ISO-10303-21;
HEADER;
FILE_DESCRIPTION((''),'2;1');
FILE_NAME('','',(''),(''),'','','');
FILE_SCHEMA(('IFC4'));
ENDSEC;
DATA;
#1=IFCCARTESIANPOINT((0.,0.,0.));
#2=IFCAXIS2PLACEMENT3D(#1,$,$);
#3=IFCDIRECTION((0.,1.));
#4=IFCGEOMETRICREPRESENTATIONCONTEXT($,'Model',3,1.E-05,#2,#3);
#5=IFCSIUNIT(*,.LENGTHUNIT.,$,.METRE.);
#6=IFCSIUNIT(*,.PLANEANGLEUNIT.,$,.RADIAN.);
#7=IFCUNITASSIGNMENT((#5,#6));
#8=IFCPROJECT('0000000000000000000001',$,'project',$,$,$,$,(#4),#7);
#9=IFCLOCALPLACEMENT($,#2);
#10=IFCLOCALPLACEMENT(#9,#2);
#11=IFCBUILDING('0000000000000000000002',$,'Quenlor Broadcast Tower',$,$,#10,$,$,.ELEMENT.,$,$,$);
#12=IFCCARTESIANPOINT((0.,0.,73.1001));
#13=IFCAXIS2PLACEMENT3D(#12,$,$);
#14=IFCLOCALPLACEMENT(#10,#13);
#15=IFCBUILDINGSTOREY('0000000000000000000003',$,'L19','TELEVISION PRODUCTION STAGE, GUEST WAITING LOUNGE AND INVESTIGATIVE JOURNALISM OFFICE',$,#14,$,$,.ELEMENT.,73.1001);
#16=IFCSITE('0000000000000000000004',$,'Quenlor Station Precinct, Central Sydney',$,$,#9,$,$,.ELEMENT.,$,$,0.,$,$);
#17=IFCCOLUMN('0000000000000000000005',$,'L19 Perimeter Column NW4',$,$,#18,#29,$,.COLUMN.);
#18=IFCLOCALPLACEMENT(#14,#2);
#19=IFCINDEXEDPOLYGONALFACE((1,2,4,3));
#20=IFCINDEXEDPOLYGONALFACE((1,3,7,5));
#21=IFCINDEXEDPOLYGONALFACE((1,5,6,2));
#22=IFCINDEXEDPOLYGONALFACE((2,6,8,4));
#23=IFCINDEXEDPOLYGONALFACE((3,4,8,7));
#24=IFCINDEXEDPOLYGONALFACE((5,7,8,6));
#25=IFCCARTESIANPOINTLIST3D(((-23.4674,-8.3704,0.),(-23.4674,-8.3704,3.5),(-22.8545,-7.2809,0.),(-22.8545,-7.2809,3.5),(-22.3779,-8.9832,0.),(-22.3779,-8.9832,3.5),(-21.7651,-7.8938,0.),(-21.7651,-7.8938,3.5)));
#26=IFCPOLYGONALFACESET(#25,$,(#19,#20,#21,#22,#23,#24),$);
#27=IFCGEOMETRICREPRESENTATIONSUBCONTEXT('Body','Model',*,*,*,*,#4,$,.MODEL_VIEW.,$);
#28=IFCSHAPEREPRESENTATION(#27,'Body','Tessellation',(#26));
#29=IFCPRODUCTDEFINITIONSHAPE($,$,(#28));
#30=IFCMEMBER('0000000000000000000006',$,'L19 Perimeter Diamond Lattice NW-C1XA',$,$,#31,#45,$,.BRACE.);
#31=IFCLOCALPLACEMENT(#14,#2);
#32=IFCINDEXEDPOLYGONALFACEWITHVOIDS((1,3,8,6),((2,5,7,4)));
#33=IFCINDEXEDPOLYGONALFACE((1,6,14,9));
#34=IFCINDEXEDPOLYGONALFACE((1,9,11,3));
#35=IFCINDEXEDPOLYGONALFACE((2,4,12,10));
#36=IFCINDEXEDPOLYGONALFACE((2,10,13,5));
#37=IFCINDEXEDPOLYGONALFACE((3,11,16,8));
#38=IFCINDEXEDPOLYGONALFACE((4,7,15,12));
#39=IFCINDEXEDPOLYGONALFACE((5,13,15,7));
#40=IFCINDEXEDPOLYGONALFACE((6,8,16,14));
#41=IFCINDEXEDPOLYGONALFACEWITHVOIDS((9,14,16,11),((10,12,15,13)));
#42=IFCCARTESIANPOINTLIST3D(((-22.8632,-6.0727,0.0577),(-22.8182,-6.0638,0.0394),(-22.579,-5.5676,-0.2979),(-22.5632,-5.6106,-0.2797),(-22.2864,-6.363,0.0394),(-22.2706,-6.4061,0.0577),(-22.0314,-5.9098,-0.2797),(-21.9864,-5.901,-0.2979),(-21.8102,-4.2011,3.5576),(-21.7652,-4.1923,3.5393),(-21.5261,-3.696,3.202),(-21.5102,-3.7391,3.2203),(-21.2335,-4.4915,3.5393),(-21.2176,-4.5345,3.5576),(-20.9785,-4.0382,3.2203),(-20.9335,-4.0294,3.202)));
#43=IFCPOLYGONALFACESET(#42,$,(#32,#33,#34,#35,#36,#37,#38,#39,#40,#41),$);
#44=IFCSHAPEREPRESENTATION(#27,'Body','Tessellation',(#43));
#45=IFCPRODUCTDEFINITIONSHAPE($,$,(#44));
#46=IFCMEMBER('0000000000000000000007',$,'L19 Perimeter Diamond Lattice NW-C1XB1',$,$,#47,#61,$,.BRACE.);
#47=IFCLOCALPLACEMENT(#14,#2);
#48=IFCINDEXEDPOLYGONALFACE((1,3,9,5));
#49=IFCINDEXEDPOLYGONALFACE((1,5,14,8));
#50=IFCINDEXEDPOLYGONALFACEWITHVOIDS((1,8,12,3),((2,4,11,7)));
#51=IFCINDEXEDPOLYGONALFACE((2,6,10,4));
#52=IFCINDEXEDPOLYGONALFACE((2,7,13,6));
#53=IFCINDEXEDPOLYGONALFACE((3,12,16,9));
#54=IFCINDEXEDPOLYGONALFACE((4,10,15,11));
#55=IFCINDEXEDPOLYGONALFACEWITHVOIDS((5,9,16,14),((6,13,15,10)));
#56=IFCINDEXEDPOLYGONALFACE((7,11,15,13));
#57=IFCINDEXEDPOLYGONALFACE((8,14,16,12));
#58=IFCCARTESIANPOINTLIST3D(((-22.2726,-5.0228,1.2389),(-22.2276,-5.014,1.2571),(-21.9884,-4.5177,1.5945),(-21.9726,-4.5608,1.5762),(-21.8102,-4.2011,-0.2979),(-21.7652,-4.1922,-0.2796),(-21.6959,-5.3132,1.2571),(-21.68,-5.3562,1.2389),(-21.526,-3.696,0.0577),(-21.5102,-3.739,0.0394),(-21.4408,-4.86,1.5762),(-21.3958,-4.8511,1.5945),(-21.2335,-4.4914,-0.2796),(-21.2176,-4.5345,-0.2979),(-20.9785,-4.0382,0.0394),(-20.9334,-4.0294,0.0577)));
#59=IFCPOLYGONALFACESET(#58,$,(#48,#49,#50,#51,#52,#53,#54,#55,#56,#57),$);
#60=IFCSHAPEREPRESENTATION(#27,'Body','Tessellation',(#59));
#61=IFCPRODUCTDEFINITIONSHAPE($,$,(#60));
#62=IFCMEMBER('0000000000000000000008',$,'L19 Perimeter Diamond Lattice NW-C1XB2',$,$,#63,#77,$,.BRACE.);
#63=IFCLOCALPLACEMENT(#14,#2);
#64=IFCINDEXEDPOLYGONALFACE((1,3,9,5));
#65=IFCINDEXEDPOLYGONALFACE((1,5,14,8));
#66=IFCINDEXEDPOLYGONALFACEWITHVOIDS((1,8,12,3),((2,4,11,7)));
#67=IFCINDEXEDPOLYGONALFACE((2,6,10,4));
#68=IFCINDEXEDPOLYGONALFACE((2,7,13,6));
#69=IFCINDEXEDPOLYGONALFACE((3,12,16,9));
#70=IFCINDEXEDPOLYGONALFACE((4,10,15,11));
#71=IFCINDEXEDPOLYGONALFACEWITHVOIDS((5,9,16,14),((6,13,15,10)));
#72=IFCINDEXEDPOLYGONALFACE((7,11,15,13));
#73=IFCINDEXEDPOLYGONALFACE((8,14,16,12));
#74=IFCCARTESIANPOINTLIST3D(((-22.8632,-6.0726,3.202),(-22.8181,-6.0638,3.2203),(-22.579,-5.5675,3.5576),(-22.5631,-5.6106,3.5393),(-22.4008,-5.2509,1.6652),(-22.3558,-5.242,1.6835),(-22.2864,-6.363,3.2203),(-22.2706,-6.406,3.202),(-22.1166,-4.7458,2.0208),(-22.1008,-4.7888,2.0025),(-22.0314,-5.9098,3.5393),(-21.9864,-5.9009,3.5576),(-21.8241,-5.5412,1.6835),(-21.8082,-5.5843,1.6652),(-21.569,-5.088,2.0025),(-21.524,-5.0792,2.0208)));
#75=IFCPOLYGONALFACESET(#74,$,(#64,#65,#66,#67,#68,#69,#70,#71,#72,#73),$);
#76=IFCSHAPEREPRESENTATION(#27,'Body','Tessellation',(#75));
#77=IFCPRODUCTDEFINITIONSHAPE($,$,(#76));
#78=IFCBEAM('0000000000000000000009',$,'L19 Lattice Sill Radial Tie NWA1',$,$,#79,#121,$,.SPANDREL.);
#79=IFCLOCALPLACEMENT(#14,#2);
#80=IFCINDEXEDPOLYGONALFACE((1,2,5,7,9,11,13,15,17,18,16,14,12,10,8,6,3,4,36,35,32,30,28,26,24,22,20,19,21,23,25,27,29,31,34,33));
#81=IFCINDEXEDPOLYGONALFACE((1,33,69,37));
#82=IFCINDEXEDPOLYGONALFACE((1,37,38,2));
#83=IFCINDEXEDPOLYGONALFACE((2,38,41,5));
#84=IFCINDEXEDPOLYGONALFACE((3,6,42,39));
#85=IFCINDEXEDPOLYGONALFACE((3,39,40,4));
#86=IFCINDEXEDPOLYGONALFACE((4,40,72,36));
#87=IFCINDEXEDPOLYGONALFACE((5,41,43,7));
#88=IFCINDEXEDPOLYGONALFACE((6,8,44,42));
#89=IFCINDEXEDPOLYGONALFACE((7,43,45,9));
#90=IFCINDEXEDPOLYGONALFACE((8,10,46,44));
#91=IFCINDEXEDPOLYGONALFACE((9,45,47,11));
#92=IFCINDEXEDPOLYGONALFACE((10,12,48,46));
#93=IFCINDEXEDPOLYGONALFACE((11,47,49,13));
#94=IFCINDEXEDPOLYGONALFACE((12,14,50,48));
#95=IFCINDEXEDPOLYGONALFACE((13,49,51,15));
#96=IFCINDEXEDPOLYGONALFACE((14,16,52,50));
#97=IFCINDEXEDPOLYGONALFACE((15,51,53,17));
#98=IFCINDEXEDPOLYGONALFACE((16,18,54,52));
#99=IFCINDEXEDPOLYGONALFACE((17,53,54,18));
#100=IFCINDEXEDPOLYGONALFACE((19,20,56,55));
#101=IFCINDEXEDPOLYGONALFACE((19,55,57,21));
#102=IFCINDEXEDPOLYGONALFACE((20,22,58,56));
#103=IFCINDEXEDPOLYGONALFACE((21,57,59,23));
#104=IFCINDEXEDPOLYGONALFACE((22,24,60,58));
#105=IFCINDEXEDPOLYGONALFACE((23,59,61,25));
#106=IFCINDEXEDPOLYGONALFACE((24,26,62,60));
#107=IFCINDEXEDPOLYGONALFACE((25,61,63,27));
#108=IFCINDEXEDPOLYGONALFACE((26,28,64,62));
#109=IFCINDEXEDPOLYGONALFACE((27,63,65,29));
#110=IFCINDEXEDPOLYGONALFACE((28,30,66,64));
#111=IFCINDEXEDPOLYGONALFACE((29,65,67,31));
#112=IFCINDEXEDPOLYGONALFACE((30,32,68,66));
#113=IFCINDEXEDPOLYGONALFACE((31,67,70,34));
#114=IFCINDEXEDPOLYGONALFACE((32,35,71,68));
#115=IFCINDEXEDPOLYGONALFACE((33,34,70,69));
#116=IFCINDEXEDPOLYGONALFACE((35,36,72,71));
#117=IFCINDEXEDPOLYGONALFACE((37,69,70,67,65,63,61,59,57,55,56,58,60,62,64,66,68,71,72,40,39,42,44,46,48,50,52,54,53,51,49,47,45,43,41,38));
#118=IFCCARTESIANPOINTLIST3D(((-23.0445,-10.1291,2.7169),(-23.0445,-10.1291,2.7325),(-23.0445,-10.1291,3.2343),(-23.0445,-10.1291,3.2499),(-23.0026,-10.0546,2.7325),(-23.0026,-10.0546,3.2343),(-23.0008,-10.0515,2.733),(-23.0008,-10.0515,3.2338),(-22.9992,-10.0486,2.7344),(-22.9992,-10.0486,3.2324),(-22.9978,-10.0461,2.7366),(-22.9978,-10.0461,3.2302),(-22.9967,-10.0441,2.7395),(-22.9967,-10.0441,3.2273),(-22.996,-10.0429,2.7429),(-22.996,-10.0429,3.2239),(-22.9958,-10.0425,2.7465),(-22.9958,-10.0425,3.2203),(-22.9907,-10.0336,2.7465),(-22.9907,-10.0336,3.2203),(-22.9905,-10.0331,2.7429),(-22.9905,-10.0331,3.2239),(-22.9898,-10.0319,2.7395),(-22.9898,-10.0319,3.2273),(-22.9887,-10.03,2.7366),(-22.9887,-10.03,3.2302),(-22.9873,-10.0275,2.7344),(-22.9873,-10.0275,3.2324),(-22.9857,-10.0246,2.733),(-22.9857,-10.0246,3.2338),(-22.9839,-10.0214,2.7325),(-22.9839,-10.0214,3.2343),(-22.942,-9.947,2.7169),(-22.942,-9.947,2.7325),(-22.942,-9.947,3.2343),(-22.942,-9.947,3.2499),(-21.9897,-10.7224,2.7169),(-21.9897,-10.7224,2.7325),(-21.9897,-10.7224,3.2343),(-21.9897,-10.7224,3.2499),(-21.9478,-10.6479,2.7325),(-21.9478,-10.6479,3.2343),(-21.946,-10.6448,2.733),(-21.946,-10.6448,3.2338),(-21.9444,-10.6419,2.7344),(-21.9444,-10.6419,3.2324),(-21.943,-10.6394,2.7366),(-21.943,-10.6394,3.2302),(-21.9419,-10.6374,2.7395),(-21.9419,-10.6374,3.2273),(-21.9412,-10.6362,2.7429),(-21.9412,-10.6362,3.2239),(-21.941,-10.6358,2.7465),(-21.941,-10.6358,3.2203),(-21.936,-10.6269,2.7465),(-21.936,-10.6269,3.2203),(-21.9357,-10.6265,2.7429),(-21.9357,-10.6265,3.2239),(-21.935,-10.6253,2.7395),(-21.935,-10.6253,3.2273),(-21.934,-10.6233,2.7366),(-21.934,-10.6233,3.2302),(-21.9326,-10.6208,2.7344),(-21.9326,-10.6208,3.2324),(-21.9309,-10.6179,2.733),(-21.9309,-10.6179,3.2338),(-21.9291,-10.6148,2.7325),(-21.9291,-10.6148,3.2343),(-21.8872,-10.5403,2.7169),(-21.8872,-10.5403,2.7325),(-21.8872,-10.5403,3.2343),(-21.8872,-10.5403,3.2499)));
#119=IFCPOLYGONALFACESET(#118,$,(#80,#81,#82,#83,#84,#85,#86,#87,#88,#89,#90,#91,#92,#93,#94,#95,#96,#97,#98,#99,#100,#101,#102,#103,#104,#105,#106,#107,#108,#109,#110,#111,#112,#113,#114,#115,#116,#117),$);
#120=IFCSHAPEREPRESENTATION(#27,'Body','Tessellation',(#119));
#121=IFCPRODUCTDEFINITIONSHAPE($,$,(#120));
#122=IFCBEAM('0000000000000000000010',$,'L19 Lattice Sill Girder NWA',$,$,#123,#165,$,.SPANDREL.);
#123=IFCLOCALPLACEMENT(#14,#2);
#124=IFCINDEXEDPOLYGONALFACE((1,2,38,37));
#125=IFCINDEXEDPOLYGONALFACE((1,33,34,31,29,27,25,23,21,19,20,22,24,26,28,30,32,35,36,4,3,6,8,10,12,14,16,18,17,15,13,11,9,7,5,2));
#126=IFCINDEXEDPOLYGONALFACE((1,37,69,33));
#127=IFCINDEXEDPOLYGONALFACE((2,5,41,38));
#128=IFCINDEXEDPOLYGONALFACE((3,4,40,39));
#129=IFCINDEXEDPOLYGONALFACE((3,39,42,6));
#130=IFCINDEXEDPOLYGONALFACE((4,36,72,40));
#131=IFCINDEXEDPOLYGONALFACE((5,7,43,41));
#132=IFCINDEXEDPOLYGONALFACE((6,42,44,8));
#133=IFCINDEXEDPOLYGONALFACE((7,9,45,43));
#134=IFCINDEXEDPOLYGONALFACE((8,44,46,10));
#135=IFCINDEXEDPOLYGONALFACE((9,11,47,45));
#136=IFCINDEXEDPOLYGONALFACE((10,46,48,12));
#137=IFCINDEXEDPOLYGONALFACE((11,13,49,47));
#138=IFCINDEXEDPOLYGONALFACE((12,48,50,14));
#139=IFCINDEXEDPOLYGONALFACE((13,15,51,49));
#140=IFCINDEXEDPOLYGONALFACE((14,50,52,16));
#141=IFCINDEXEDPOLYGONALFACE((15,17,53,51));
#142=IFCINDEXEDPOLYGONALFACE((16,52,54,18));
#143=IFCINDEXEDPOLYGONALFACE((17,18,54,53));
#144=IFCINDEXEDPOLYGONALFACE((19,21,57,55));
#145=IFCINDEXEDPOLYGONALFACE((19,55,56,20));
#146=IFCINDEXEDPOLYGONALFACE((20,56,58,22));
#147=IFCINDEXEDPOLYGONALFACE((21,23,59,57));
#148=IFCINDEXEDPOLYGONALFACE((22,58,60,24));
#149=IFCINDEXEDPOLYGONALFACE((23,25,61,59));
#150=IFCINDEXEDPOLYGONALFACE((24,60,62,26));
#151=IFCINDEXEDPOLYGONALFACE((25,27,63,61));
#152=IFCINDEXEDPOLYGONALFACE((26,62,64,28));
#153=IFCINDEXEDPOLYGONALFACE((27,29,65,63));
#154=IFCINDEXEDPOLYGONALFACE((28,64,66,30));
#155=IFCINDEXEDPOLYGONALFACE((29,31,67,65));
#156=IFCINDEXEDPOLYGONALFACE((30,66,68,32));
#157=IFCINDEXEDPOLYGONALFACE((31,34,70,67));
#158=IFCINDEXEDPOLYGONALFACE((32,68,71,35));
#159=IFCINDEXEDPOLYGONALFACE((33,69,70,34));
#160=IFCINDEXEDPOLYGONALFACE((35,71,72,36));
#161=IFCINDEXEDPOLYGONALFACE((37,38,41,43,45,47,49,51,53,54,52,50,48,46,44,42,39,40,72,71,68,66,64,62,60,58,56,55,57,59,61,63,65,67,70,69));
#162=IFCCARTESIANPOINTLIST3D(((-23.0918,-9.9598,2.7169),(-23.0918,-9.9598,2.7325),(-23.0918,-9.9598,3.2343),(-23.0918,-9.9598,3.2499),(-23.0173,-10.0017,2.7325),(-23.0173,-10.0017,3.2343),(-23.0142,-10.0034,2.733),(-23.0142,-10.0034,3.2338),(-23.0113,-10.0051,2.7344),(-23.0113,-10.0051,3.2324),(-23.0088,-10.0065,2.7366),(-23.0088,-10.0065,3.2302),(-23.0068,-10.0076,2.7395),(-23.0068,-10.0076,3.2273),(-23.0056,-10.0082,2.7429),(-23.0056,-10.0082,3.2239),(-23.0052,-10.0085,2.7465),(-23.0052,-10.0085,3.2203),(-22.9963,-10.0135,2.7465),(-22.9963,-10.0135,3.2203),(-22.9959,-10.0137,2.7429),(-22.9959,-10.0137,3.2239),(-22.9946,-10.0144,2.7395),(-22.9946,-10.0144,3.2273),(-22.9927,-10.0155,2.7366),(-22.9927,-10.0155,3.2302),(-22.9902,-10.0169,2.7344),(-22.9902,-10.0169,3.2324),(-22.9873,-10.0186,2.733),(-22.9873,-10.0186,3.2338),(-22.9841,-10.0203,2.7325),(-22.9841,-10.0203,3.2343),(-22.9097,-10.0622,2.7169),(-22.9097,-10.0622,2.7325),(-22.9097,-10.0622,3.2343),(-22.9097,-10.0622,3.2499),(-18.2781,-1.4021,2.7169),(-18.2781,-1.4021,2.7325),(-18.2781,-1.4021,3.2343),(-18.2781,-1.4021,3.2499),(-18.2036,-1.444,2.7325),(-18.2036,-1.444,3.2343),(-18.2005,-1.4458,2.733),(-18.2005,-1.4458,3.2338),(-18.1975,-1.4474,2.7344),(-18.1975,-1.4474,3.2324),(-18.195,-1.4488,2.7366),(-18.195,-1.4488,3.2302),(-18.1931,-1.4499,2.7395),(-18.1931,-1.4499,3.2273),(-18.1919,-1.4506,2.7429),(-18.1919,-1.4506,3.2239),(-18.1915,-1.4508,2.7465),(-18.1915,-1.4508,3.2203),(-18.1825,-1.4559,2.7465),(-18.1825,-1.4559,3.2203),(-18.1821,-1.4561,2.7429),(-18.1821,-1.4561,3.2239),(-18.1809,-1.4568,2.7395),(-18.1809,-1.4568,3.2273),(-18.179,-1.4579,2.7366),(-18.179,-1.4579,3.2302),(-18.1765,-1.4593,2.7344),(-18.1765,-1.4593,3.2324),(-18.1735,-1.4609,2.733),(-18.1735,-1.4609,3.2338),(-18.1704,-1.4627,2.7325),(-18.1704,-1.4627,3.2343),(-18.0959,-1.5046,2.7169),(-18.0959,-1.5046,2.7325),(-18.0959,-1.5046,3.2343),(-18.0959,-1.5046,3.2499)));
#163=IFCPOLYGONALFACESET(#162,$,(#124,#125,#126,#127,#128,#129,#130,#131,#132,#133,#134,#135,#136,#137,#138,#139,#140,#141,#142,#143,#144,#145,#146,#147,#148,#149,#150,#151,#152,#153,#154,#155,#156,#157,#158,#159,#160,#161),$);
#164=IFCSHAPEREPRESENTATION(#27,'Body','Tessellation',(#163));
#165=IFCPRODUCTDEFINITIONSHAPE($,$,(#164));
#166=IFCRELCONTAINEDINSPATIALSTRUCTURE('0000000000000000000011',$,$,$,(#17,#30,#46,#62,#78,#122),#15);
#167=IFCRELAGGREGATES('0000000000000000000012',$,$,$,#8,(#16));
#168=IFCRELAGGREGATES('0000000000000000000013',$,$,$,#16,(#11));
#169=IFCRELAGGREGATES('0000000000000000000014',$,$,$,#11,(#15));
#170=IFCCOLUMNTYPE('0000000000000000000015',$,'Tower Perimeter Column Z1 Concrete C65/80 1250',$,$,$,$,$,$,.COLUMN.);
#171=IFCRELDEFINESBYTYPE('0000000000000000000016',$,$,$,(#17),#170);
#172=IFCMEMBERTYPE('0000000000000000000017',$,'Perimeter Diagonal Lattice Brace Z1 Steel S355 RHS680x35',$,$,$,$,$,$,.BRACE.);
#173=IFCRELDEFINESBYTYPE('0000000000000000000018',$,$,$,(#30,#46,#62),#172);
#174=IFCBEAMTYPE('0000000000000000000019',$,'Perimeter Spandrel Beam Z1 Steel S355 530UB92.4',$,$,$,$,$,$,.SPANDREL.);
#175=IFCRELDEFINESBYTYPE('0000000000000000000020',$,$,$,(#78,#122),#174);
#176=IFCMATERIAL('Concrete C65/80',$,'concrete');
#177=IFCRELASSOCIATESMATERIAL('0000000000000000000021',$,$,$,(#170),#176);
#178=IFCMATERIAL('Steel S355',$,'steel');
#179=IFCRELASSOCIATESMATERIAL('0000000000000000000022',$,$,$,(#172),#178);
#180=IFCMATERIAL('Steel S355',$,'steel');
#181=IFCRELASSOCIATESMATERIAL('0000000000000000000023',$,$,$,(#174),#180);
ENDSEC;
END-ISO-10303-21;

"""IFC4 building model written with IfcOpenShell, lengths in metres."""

from ifc_helpers import new_model, si_unit, direction, frame, origin, origin_2d, place, context, subcontext, project, spatial, rectangle, hollow_rectangle, i_section, extrude, material, material_profile, profile_set, type_object, element, save


model = new_model("IFC4")

# Units and contexts
model_context = context("Model", 3, precision=1e-05, world=origin(), true_north=direction((0.0, 1.0)))
body_context = subcontext(model_context, "Body", "Model", "MODEL_VIEW")
ifc_project = project(units=[si_unit("LENGTHUNIT", "METRE"), si_unit("PLANEANGLEUNIT", "RADIAN")], contexts=[model_context])

# Site, building, storey
site_placement = place(None, origin())
site = spatial("IfcSite", under=ifc_project, at=site_placement, Name="Quenlor Station Precinct, Central Sydney", CompositionType="ELEMENT", RefElevation=0.0)
building_placement = place(site_placement, origin())
building = spatial("IfcBuilding", under=site, at=building_placement, Name="Quenlor Broadcast Tower", CompositionType="ELEMENT")
storey_placement = place(building_placement, frame((0.0, 0.0, 73.1001)))
storey = spatial("IfcBuildingStorey", under=building, at=storey_placement, Name="L19", Description="TELEVISION PRODUCTION STAGE, GUEST WAITING LOUNGE AND INVESTIGATIVE JOURNALISM OFFICE", CompositionType="ELEMENT", Elevation=73.1001)

# Column
ifc_material_1 = material(Name="Concrete C65/80", Category="concrete")
ifc_material_profile_1 = material_profile(ifc_material_1, rectangle(XDim=1.25, YDim=1.25, at=origin_2d()))
ifc_profile_set_1 = profile_set([ifc_material_profile_1], Name="Concrete C65/80 RC1250x1250")
column_type = type_object("IfcColumnType", Name="Tower Perimeter Column Z1 Concrete C65/80 1250", PredefinedType="COLUMN", material=ifc_profile_set_1)
column_placement = place(storey_placement, frame((-22.6162, -8.1321, 0.0), z_axis=(0.0, 0.0, 1.0), x_axis=(-0.871575, 0.490262, 0.0)))
element("IfcColumn", 1, at=column_placement, inside=storey, type_object=column_type, Name="L19 Perimeter Column NW4", PredefinedType="COLUMN", context=body_context, shape_type="SweptSolid", body=[
    extrude(rectangle(XDim=1.25, YDim=1.25, at=origin_2d()), origin(), (0.0, 0.0, 1.0), 3.5),
])

# Members
ifc_material_2 = material(Name="Steel S355", Category="steel")
ifc_material_profile_2 = material_profile(ifc_material_2, hollow_rectangle(XDim=0.6799, YDim=0.6799, WallThickness=0.0349, at=origin_2d()))
ifc_profile_set_2 = profile_set([ifc_material_profile_2], Name="Steel S355 RHS680x680x35")
member_type = type_object("IfcMemberType", Name="Perimeter Diagonal Lattice Brace Z1 Steel S355 RHS680x35", PredefinedType="BRACE", material=ifc_profile_set_2)
member_placement = place(storey_placement, frame((-22.4248, -5.9868, -0.1201), z_axis=(0.256431, 0.455785, 0.852352), x_axis=(-0.871533, 0.490337, 0.0)))
element("IfcMember", 2, at=member_placement, inside=storey, type_object=member_type, Name="L19 Perimeter Diamond Lattice NW-C1XA", PredefinedType="BRACE", context=body_context, shape_type="SweptSolid", body=[
    extrude(hollow_rectangle(XDim=0.6799, YDim=0.6799, WallThickness=0.0349, at=origin_2d()), origin(), (0.0, 0.0, 1.0), 4.1062),
])
for number, where, z_axis, x_axis, name in (
    (3, (-21.3718, -4.1152, -0.1201), (-0.256452, -0.455764, 0.852357), (0.871506, -0.490384, 0.0), "L19 Perimeter Diamond Lattice NW-C1XB1"),
    (4, (-21.9624, -5.165, 1.843), (-0.256452, -0.455764, 0.852357), (0.871506, -0.490384, 0.0), "L19 Perimeter Diamond Lattice NW-C1XB2"),
):
    element("IfcMember", number, at=place(storey_placement, frame(where, z_axis=z_axis, x_axis=x_axis)), inside=storey, type_object=member_type, Name=name, PredefinedType="BRACE", context=body_context, shape_type="SweptSolid", body=[
        extrude(hollow_rectangle(XDim=0.6799, YDim=0.6799, WallThickness=0.0349, at=origin_2d()), origin(), (0.0, 0.0, 1.0), 1.803),
    ])

# Beams
ifc_material_3 = material(Name="Steel S355", Category="steel")
ifc_material_profile_3 = material_profile(ifc_material_3, i_section(OverallWidth=0.209, OverallDepth=0.533, WebThickness=0.0103, FlangeThickness=0.0156, FilletRadius=0.0139, at=origin_2d()))
ifc_profile_set_3 = profile_set([ifc_material_profile_3], Name="Steel S355 530UB92.4")
beam_type_1 = type_object("IfcBeamType", Name="Perimeter Spandrel Beam Z1 Steel S355 530UB92.4", PredefinedType="SPANDREL", material=ifc_profile_set_3)
beam_1_placement = place(storey_placement, frame((-21.9385, -10.6313, 2.9834), z_axis=(-0.871576, 0.490261, 0.0), x_axis=(-0.490261, -0.871576, 0.0)))
element("IfcBeam", 5, at=beam_1_placement, inside=storey, type_object=beam_type_1, Name="L19 Lattice Sill Radial Tie NWA1", PredefinedType="SPANDREL", context=body_context, shape_type="SweptSolid", body=[
    extrude(i_section(OverallWidth=0.209, OverallDepth=0.533, WebThickness=0.0103, FlangeThickness=0.0156, FilletRadius=0.0139, at=origin_2d()), origin(), (0.0, 0.0, 1.0), 1.2102),
])
beam_2_placement = place(storey_placement, frame((-23.0007, -10.011, 2.9834), z_axis=(0.490266, 0.871573, 0.0), x_axis=(-0.871573, 0.490266, 0.0)))
element("IfcBeam", 6, at=beam_2_placement, inside=storey, type_object=beam_type_1, Name="L19 Lattice Sill Girder NWA", PredefinedType="SPANDREL", context=body_context, shape_type="SweptSolid", body=[
    extrude(i_section(OverallWidth=0.209, OverallDepth=0.533, WebThickness=0.0103, FlangeThickness=0.0156, FilletRadius=0.0139, at=origin_2d()), origin(), (0.0, 0.0, 1.0), 9.8186),
])

save(model, "model.ifc")
